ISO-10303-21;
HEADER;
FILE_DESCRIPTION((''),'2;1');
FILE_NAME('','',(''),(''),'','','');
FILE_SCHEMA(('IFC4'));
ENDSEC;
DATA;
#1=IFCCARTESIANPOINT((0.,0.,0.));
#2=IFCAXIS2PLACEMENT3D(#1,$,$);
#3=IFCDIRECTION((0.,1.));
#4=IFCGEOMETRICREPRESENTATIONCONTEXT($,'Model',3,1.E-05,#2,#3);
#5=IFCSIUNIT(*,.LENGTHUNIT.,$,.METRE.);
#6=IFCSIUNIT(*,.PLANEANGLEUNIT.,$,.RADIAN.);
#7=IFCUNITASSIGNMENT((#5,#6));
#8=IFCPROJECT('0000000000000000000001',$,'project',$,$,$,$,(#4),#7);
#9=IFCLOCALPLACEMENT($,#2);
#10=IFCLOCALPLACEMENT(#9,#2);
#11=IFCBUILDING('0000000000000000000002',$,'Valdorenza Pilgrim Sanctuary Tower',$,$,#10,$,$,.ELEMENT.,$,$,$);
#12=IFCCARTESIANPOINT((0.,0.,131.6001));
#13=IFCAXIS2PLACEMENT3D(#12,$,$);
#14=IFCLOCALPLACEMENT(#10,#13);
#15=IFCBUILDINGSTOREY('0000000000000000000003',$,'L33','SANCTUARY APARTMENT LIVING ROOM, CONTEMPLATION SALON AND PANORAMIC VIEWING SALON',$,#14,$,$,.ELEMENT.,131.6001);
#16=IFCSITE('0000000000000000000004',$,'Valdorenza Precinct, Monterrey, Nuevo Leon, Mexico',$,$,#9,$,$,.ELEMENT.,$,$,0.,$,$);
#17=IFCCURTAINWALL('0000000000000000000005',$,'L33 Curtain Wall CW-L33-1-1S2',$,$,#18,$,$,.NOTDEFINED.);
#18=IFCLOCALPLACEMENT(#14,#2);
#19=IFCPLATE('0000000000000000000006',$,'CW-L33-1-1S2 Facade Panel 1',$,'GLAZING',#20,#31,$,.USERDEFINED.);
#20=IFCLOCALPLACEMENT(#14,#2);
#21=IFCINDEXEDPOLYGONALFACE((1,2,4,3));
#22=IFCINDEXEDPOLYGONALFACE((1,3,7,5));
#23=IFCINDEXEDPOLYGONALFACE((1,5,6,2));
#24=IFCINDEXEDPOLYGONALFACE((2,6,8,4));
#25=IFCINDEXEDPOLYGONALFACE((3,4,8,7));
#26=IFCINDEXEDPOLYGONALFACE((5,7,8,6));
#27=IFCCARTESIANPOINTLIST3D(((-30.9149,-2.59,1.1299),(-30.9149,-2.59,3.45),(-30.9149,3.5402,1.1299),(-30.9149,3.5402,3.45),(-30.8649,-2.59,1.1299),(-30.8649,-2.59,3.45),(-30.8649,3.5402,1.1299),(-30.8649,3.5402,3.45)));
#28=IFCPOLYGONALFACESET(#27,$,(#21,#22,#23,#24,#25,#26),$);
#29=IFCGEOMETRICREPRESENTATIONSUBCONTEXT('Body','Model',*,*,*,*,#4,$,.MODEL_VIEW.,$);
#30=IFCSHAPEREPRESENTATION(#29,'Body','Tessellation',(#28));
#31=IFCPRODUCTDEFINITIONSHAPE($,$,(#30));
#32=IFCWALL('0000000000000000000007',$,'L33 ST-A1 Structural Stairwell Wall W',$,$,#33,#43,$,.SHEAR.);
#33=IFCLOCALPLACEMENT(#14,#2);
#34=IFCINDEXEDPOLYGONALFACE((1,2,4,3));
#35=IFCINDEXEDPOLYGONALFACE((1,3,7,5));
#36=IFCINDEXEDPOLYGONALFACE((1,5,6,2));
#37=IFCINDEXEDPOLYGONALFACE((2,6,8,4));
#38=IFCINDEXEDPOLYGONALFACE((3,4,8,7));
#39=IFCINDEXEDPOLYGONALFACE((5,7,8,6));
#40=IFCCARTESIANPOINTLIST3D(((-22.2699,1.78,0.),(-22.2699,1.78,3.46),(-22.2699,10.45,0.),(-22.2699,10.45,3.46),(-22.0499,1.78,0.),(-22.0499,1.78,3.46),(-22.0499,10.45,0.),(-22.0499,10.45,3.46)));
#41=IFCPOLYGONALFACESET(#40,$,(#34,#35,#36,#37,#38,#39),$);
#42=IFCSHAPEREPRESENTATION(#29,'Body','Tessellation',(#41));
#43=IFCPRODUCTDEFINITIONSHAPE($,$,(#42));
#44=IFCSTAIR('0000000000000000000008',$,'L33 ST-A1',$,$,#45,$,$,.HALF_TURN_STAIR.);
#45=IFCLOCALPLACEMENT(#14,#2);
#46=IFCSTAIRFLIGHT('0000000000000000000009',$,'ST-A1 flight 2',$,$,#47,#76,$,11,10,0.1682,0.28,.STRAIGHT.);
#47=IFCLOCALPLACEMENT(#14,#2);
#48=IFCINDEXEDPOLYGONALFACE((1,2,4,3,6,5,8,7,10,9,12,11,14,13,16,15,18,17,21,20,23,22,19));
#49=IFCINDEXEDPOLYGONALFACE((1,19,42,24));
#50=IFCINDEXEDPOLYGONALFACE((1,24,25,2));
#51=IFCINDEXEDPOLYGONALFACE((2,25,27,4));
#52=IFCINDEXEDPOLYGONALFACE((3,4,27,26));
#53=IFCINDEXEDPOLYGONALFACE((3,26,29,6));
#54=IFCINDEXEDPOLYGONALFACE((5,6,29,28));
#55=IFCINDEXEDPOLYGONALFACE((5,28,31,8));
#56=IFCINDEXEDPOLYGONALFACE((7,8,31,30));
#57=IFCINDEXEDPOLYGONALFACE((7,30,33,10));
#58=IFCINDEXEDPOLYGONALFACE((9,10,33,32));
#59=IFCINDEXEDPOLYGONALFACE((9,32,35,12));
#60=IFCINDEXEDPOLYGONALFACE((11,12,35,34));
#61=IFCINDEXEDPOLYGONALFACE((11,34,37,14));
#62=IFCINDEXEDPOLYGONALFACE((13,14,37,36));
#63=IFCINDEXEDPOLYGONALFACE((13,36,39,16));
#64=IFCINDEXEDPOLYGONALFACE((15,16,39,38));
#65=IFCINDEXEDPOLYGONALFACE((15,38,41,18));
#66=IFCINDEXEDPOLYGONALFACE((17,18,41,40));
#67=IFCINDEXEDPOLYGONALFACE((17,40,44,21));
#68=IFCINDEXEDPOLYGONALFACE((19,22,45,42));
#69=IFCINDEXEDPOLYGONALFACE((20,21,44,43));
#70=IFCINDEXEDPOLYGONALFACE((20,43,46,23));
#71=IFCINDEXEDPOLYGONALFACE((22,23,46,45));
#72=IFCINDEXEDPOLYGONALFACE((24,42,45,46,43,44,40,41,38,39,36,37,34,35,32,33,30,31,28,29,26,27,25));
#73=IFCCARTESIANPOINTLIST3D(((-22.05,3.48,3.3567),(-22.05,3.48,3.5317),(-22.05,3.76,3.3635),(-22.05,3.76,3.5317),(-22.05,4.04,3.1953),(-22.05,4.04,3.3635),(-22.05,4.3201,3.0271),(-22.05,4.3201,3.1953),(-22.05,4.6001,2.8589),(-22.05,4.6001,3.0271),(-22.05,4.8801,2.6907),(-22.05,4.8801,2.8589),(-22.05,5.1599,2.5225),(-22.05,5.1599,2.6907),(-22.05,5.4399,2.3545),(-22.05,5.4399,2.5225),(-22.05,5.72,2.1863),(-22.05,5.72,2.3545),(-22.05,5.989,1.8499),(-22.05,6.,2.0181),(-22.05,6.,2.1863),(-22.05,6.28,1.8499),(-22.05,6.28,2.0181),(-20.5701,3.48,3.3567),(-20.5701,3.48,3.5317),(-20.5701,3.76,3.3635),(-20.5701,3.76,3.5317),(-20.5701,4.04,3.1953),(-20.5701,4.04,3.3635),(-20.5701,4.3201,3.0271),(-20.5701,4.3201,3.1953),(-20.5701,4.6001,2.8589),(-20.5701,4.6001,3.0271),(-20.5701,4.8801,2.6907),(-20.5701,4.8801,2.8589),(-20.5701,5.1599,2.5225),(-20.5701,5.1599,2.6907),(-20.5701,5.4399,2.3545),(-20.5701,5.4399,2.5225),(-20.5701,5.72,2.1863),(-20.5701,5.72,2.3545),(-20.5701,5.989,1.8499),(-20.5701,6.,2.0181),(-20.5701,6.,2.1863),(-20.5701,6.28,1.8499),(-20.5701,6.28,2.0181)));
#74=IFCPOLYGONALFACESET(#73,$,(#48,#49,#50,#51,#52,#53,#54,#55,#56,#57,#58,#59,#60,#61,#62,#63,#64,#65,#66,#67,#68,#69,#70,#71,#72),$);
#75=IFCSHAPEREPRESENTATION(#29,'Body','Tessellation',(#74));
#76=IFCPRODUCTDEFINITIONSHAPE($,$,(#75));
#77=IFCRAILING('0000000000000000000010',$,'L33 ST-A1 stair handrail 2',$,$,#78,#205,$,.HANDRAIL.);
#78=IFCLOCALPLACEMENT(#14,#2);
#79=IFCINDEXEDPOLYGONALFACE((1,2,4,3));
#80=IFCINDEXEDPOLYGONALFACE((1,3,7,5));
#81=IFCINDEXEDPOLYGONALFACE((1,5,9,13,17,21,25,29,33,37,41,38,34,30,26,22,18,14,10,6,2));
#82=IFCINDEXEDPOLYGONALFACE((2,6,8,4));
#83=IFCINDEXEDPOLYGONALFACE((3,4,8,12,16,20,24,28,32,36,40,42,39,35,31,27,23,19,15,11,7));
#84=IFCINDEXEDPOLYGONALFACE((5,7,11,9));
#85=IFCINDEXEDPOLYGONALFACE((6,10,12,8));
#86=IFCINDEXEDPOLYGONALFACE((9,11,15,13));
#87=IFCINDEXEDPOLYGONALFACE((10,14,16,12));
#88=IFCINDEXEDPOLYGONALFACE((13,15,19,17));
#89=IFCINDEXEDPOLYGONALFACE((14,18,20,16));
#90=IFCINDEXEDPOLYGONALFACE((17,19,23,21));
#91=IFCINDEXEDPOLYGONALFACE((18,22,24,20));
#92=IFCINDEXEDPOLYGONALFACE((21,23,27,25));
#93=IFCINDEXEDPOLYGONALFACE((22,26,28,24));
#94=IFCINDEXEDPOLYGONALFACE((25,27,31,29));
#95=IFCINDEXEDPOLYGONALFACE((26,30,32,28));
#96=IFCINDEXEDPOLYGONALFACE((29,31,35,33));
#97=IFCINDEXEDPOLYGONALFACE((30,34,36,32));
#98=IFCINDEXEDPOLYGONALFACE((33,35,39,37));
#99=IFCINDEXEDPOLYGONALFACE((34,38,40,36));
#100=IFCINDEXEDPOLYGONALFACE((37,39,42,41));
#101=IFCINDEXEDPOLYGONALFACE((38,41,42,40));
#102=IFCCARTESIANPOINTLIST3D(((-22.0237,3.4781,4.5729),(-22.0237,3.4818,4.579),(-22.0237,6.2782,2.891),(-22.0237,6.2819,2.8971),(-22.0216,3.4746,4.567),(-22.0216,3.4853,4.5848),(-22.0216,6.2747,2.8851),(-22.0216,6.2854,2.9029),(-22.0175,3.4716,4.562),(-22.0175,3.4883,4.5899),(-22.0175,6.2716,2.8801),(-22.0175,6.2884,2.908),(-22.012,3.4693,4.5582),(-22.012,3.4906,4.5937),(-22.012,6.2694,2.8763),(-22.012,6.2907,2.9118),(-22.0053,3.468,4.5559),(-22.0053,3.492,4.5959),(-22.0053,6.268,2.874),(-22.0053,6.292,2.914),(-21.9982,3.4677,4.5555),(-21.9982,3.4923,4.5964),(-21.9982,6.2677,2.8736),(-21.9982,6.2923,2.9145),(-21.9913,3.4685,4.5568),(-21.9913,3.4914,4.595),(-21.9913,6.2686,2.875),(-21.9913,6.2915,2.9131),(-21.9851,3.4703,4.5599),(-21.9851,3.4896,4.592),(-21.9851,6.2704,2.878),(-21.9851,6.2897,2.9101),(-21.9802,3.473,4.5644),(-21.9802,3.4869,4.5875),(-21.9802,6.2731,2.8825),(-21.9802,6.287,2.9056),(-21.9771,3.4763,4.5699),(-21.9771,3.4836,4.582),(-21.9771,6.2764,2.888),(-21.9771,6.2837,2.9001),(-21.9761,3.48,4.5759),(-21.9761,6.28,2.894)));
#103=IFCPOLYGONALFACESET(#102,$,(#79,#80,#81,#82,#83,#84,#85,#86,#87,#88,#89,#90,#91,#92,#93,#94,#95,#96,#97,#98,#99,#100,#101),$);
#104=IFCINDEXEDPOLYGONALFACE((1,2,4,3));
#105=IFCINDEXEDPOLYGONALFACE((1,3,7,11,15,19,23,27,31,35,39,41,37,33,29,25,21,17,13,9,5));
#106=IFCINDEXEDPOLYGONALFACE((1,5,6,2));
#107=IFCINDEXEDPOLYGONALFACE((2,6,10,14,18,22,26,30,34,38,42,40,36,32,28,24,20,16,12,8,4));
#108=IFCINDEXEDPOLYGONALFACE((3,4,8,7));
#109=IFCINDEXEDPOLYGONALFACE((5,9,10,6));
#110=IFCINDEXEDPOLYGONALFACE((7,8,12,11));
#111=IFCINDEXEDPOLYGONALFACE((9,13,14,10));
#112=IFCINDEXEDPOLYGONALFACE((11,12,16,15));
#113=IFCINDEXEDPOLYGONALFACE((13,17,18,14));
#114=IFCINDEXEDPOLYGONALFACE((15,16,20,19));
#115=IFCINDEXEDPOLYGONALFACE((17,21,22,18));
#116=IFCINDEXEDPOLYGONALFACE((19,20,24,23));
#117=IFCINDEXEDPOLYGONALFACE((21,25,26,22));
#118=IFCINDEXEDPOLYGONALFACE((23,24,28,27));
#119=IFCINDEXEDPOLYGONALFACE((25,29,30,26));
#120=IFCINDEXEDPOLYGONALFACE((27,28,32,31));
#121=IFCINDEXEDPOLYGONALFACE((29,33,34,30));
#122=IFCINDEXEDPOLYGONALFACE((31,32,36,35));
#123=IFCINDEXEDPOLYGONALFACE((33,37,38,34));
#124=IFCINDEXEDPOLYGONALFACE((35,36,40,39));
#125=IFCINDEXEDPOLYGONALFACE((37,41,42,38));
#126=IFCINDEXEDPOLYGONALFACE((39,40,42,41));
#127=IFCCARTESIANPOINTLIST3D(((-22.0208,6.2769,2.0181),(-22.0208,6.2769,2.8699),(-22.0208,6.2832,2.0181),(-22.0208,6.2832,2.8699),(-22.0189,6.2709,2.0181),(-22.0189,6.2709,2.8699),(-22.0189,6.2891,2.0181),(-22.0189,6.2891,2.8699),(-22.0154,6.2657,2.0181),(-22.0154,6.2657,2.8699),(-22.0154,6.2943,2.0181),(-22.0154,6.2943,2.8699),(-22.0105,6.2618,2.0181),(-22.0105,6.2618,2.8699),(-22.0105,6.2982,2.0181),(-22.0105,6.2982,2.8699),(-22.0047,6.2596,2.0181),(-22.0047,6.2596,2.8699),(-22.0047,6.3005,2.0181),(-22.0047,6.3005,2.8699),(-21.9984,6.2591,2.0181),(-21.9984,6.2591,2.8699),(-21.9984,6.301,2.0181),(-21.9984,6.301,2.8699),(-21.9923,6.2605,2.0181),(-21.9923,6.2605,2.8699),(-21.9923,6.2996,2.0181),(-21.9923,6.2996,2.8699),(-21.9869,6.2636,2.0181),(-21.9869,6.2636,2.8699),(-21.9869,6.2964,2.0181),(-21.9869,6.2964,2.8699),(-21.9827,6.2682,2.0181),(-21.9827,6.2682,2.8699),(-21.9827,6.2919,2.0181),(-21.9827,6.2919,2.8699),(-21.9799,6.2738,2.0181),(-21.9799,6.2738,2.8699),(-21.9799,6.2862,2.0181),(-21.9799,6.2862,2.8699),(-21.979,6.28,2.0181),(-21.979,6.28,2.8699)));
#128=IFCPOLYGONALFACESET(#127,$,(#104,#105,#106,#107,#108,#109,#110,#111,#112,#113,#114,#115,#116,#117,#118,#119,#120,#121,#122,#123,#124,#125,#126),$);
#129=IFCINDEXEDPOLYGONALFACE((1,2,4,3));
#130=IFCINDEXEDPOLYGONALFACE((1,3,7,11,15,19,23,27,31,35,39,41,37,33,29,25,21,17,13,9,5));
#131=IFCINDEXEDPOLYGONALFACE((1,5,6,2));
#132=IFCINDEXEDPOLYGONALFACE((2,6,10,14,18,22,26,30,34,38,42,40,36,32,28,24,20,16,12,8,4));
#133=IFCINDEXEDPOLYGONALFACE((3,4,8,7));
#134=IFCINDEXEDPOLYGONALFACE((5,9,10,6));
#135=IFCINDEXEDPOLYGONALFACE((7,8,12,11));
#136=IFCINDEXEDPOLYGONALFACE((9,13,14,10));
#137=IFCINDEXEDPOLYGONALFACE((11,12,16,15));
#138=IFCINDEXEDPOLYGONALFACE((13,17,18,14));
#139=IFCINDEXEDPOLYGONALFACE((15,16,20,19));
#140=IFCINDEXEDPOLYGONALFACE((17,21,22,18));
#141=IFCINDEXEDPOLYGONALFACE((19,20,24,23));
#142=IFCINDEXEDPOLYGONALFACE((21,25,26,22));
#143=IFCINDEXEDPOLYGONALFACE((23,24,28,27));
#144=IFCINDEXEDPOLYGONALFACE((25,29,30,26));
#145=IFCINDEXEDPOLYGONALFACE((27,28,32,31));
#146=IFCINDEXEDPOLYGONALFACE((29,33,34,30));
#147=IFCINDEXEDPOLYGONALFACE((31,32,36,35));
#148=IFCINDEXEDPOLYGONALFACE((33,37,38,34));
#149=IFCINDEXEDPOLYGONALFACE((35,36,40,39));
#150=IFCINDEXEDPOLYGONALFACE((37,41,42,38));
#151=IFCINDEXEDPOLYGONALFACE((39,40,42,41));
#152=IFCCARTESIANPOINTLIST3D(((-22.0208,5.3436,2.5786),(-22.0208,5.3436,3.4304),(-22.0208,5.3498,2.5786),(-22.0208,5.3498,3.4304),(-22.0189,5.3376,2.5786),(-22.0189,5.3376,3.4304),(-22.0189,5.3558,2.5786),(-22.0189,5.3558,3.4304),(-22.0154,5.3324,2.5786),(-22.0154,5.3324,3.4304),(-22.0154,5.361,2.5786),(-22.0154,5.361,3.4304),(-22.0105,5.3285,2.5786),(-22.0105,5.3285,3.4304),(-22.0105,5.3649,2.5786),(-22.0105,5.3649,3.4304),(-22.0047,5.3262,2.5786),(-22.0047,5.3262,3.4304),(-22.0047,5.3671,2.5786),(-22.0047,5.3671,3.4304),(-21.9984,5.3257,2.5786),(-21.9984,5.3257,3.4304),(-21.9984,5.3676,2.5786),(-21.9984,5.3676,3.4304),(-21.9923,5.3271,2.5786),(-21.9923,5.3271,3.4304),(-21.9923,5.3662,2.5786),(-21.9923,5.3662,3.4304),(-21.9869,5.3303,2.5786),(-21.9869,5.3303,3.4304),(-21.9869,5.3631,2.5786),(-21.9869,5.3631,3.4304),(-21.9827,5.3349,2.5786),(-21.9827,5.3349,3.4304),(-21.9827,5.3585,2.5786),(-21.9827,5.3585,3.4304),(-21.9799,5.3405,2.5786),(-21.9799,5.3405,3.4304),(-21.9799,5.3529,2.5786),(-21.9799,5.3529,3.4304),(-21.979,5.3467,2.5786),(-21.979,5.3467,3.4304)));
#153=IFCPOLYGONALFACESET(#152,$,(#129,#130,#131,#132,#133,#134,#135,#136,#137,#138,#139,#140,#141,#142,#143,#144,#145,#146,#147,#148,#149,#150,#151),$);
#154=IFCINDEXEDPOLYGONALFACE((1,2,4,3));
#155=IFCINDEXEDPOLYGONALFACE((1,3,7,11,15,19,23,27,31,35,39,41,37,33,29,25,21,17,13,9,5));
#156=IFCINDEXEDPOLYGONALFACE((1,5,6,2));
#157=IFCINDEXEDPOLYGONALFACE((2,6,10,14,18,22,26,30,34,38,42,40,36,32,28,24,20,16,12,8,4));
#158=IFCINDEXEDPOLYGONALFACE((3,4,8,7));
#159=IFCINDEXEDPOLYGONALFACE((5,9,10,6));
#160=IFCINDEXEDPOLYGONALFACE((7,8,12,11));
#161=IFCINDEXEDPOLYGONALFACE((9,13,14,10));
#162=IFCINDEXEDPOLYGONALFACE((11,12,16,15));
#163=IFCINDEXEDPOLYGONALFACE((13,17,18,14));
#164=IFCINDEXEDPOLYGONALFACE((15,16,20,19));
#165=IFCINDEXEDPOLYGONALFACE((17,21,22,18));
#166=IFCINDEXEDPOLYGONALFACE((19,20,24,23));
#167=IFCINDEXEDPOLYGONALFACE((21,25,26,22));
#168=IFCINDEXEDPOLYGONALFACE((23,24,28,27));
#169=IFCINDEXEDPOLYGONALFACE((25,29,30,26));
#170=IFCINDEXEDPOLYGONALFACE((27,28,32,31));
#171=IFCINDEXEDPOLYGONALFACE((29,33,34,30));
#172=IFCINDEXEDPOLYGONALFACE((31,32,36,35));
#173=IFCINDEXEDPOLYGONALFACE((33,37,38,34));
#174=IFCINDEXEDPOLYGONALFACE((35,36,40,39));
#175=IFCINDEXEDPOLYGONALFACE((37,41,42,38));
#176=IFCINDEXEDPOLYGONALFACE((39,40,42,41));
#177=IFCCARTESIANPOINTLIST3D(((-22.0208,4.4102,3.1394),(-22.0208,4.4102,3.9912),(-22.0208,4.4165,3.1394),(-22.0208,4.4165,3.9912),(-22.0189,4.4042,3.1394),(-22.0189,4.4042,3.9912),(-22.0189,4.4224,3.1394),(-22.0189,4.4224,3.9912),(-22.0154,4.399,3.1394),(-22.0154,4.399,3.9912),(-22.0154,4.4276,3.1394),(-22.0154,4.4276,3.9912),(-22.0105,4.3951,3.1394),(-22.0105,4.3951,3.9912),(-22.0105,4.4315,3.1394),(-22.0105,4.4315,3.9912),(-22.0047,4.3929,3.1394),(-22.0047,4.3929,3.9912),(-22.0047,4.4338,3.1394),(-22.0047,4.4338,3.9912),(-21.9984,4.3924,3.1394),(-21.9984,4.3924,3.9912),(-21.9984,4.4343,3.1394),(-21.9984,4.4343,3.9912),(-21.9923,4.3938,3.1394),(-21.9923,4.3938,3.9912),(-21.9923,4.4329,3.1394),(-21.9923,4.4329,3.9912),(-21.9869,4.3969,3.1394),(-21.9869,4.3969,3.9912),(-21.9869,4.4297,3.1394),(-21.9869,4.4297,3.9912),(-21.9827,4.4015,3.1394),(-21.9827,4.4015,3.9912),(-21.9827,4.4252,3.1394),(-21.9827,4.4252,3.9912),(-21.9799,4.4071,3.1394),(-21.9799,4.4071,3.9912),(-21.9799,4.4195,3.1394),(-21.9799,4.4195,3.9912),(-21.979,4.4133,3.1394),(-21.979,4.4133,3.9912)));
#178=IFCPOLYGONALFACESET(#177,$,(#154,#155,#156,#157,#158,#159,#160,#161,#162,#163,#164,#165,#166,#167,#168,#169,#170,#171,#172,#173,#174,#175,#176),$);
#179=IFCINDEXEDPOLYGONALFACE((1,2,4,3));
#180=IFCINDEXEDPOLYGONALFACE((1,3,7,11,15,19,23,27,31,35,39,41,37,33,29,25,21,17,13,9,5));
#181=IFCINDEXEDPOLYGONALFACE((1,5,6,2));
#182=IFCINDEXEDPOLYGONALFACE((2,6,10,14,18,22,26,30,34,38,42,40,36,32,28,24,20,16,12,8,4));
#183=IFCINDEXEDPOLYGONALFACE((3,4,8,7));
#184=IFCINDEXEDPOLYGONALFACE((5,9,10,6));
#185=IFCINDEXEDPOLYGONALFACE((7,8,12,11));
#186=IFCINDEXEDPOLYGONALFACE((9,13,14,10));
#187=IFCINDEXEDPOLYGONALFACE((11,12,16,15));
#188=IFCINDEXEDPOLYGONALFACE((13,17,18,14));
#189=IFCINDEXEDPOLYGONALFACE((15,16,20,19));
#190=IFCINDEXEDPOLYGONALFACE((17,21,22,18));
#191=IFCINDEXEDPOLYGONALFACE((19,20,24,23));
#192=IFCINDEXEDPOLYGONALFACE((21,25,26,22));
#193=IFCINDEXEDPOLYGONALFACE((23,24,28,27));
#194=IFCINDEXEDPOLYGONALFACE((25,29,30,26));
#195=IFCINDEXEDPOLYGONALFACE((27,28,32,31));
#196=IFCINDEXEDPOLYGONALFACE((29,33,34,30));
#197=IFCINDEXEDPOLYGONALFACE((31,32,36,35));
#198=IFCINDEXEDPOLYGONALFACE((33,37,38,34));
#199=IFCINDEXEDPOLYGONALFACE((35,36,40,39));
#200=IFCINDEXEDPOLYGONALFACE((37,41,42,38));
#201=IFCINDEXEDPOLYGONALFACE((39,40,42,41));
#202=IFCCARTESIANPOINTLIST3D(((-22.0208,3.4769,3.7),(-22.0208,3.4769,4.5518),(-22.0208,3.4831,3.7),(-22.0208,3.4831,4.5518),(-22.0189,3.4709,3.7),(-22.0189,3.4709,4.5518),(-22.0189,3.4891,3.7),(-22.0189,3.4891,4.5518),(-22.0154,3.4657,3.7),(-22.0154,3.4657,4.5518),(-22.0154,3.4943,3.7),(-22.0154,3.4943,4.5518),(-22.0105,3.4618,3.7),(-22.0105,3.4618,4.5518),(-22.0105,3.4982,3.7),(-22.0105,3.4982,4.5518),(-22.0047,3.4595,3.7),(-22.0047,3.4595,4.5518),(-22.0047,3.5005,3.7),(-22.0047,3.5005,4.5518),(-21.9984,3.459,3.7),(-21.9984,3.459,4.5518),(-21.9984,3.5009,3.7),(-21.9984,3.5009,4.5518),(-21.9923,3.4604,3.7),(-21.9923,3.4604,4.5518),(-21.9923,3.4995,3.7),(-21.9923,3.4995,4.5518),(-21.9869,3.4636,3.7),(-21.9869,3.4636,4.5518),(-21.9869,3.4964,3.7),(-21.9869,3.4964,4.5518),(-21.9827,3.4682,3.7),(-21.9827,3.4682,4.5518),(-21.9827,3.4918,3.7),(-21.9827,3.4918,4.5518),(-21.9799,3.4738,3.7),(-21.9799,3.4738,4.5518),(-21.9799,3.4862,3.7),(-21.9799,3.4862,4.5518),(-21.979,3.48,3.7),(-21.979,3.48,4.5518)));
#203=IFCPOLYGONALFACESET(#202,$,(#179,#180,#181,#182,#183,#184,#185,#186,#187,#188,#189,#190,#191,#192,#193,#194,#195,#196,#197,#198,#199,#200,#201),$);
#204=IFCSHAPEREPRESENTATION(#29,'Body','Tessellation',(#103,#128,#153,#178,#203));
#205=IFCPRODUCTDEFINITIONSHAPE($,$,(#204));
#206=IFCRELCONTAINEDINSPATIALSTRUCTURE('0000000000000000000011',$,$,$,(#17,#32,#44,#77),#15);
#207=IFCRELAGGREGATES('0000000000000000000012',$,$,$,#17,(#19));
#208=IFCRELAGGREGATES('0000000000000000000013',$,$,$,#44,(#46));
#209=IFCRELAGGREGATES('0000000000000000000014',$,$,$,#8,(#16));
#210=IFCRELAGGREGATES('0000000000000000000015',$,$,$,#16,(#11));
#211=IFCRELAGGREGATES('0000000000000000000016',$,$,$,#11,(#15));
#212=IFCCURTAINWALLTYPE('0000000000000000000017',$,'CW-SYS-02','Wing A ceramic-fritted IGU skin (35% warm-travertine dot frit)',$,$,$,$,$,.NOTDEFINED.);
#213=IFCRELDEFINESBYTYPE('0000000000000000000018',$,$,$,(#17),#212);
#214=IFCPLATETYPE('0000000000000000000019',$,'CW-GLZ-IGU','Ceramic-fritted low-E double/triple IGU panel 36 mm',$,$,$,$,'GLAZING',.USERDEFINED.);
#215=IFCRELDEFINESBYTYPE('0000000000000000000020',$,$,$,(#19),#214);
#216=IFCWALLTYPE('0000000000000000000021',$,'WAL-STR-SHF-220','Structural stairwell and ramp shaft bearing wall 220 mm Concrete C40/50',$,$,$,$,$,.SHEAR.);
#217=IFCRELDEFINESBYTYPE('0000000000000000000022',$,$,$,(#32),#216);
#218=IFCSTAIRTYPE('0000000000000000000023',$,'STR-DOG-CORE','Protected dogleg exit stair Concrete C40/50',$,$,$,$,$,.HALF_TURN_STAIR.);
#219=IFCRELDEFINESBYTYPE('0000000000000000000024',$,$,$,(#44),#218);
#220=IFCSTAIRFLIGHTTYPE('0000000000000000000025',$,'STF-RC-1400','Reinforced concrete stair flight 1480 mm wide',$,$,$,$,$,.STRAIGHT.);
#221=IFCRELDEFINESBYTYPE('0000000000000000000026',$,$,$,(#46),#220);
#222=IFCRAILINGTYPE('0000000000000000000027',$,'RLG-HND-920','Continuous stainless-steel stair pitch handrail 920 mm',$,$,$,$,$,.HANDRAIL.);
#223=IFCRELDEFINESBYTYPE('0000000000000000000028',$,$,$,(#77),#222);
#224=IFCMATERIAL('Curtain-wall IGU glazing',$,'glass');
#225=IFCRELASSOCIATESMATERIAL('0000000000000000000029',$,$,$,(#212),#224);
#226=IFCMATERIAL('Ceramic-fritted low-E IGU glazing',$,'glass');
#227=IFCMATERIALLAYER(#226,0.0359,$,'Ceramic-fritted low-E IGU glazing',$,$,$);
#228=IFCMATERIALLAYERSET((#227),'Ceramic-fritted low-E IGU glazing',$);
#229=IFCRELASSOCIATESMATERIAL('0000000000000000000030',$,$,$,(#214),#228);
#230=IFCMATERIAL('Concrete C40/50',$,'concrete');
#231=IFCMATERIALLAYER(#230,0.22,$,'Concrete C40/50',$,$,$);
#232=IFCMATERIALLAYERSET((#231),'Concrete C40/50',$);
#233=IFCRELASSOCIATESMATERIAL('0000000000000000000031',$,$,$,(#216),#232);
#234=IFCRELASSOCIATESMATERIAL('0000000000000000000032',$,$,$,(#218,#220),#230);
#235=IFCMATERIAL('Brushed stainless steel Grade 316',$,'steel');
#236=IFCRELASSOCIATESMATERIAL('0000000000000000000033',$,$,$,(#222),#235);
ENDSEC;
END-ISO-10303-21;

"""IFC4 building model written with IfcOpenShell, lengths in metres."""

from ifc_helpers import new_model, si_unit, direction, frame, frame_2d, origin, origin_2d, place, context, subcontext, project, spatial, polyline, rectangle, circle, outline, extrude, source, transform, mapped, material, layer, layer_set, type_object, element, aggregate, save


model = new_model("IFC4")

# Units and contexts
model_context = context("Model", 3, precision=1e-05, world=origin(), true_north=direction((0.0, 1.0)))
body_context = subcontext(model_context, "Body", "Model", "MODEL_VIEW")
ifc_project = project(units=[si_unit("LENGTHUNIT", "METRE"), si_unit("PLANEANGLEUNIT", "RADIAN")], contexts=[model_context])

# Site, building, storey
site_placement = place(None, origin())
site = spatial("IfcSite", under=ifc_project, at=site_placement, Name="Valdorenza Precinct, Monterrey, Nuevo Leon, Mexico", CompositionType="ELEMENT", RefElevation=0.0)
building_placement = place(site_placement, origin())
building = spatial("IfcBuilding", under=site, at=building_placement, Name="Valdorenza Pilgrim Sanctuary Tower", CompositionType="ELEMENT")
storey_placement = place(building_placement, frame((0.0, 0.0, 131.6001)))
storey = spatial("IfcBuildingStorey", under=building, at=storey_placement, Name="L33", Description="SANCTUARY APARTMENT LIVING ROOM, CONTEMPLATION SALON AND PANORAMIC VIEWING SALON", CompositionType="ELEMENT", Elevation=131.6001)

# Curtain wall, plate
ifc_material_1 = material(Name="Curtain-wall IGU glazing", Category="glass")
curtain_wall_type = type_object("IfcCurtainWallType", Name="CW-SYS-02", Description="Wing A ceramic-fritted IGU skin (35% warm-travertine dot frit)", PredefinedType="NOTDEFINED", material=ifc_material_1)
curtain_wall_placement = place(storey_placement, origin())
curtain_wall = element("IfcCurtainWall", 1, at=curtain_wall_placement, inside=storey, type_object=curtain_wall_type, Name="L33 Curtain Wall CW-L33-1-1S2", PredefinedType="NOTDEFINED")
ifc_material_2 = material(Name="Ceramic-fritted low-E IGU glazing", Category="glass")
ifc_layer_1 = layer(ifc_material_2, 0.0359, Name="Ceramic-fritted low-E IGU glazing")
ifc_layer_set_1 = layer_set([ifc_layer_1], Name="Ceramic-fritted low-E IGU glazing")
plate_type_1 = type_object("IfcPlateType", Name="CW-GLZ-IGU", Description="Ceramic-fritted low-E double/triple IGU panel 36 mm", ElementType="GLAZING", PredefinedType="USERDEFINED", material=ifc_layer_set_1)
shared_shape_1 = source(origin(), body_context, "Body", "SweptSolid", [
    extrude(rectangle(XDim=6.1301, YDim=0.05, at=origin_2d()), origin(), (0.0, 0.0, 1.0), 2.3201),
])
plate_1_placement = place(storey_placement, frame((-30.8899, 0.4751, 1.1299), z_axis=(0.0, 0.0, 1.0), x_axis=(0.0, 1.0, 0.0)))
plate_1 = element("IfcPlate", 2, at=plate_1_placement, type_object=plate_type_1, Name="CW-L33-1-1S2 Facade Panel 1", ObjectType="GLAZING", PredefinedType="USERDEFINED", context=body_context, shape_type="MappedRepresentation", body=[
    mapped(shared_shape_1, transform((0.0, 0.0, 0.0), x_axis=(1.0, 0.0, 0.0), y_axis=(0.0, 1.0, 0.0), z_axis=(0.0, 0.0, 1.0), scale=1.0)),
])
aggregate(curtain_wall, [plate_1])

# Wall
ifc_material_3 = material(Name="Concrete C40/50", Category="concrete")
ifc_layer_2 = layer(ifc_material_3, 0.22, Name="Concrete C40/50")
ifc_layer_set_2 = layer_set([ifc_layer_2], Name="Concrete C40/50")
wall_type_1 = type_object("IfcWallType", Name="WAL-STR-SHF-220", Description="Structural stairwell and ramp shaft bearing wall 220 mm Concrete C40/50", PredefinedType="SHEAR", material=ifc_layer_set_2)
wall_1_placement = place(storey_placement, frame((-22.1599, 1.78, 0.0), z_axis=(0.0, 0.0, 1.0), x_axis=(0.0, 1.0, 0.0)))
element("IfcWall", 3, at=wall_1_placement, inside=storey, type_object=wall_type_1, Name="L33 ST-A1 Structural Stairwell Wall W", PredefinedType="SHEAR", context=body_context, shape_type="SweptSolid", body=[
    extrude(rectangle(XDim=8.6699, YDim=0.22, at=frame_2d((4.335, 0.0))), origin(), (0.0, 0.0, 1.0), 3.46),
])

# Stair, stair flight
stair_type = type_object("IfcStairType", Name="STR-DOG-CORE", Description="Protected dogleg exit stair Concrete C40/50", PredefinedType="HALF_TURN_STAIR", material=ifc_material_3)
stair_placement = place(storey_placement, origin())
stair = element("IfcStair", 4, at=stair_placement, inside=storey, type_object=stair_type, Name="L33 ST-A1", PredefinedType="HALF_TURN_STAIR")
stair_flight_type = type_object("IfcStairFlightType", Name="STF-RC-1400", Description="Reinforced concrete stair flight 1480 mm wide", PredefinedType="STRAIGHT", material=ifc_material_3)
stair_flight_placement = place(storey_placement, frame((-21.3101, 6.28, 1.8499), z_axis=(0.0, 0.0, 1.0), x_axis=(0.0, -1.0, 0.0)))
stair_flight = element("IfcStairFlight", 5, at=stair_flight_placement, type_object=stair_flight_type, Name="ST-A1 flight 2", NumberOfRisers=11, NumberOfTreads=10, PredefinedType="STRAIGHT", RiserHeight=0.1682, TreadLength=0.28, context=body_context, shape_type="SweptSolid", body=[
    extrude(outline(polyline([(0.0, 0.0), (0.0, 0.1682), (0.28, 0.1682), (0.28, 0.3364), (0.5601, 0.3364), (0.5601, 0.5046), (0.8401, 0.5046), (0.8401, 0.6726), (1.1201, 0.6726), (1.1201, 0.8408), (1.3999, 0.8408), (1.3999, 1.009), (1.6799, 1.009), (1.6799, 1.1772), (1.96, 1.1772), (1.96, 1.3455), (2.24, 1.3455), (2.24, 1.5137), (2.52, 1.5137), (2.52, 1.6819), (2.8, 1.6819), (2.8, 1.8501), (2.8, 1.5068), (0.291, 0.0), (0.0, 0.0)])), frame((0.0, 0.74, 0.0), z_axis=(0.0, -1.0, 0.0), x_axis=(1.0, 0.0, 0.0)), (0.0, 0.0, 1.0), 1.48),
])
aggregate(stair, [stair_flight])

# Railing
ifc_material_4 = material(Name="Brushed stainless steel Grade 316", Category="steel")
railing_type = type_object("IfcRailingType", Name="RLG-HND-920", Description="Continuous stainless-steel stair pitch handrail 920 mm", PredefinedType="HANDRAIL", material=ifc_material_4)
railing_placement = place(storey_placement, frame((-22.0, 6.28, 2.0181)))
element("IfcRailing", 6, at=railing_placement, inside=storey, type_object=railing_type, Name="L33 ST-A1 stair handrail 2", PredefinedType="HANDRAIL", context=body_context, shape_type="SweptSolid", body=[
    extrude(circle(Radius=0.0239, at=origin_2d()), frame((0.0, 0.0, 0.876), z_axis=(0.0, -0.857242, 0.514913), x_axis=(1.0, 0.0, 0.0)), (0.0, 0.0, 1.0), 3.2664),
    extrude(circle(Radius=0.021, at=origin_2d()), origin(), (0.0, 0.0, 1.0), 0.8518),
    extrude(circle(Radius=0.021, at=origin_2d()), frame((0.0, -0.9333, 0.5605)), (0.0, 0.0, 1.0), 0.8518),
    extrude(circle(Radius=0.021, at=origin_2d()), frame((0.0, -1.8667, 1.1213)), (0.0, 0.0, 1.0), 0.8518),
    extrude(circle(Radius=0.021, at=origin_2d()), frame((0.0, -2.8, 1.6819)), (0.0, 0.0, 1.0), 0.8518),
])

save(model, "model.ifc")
